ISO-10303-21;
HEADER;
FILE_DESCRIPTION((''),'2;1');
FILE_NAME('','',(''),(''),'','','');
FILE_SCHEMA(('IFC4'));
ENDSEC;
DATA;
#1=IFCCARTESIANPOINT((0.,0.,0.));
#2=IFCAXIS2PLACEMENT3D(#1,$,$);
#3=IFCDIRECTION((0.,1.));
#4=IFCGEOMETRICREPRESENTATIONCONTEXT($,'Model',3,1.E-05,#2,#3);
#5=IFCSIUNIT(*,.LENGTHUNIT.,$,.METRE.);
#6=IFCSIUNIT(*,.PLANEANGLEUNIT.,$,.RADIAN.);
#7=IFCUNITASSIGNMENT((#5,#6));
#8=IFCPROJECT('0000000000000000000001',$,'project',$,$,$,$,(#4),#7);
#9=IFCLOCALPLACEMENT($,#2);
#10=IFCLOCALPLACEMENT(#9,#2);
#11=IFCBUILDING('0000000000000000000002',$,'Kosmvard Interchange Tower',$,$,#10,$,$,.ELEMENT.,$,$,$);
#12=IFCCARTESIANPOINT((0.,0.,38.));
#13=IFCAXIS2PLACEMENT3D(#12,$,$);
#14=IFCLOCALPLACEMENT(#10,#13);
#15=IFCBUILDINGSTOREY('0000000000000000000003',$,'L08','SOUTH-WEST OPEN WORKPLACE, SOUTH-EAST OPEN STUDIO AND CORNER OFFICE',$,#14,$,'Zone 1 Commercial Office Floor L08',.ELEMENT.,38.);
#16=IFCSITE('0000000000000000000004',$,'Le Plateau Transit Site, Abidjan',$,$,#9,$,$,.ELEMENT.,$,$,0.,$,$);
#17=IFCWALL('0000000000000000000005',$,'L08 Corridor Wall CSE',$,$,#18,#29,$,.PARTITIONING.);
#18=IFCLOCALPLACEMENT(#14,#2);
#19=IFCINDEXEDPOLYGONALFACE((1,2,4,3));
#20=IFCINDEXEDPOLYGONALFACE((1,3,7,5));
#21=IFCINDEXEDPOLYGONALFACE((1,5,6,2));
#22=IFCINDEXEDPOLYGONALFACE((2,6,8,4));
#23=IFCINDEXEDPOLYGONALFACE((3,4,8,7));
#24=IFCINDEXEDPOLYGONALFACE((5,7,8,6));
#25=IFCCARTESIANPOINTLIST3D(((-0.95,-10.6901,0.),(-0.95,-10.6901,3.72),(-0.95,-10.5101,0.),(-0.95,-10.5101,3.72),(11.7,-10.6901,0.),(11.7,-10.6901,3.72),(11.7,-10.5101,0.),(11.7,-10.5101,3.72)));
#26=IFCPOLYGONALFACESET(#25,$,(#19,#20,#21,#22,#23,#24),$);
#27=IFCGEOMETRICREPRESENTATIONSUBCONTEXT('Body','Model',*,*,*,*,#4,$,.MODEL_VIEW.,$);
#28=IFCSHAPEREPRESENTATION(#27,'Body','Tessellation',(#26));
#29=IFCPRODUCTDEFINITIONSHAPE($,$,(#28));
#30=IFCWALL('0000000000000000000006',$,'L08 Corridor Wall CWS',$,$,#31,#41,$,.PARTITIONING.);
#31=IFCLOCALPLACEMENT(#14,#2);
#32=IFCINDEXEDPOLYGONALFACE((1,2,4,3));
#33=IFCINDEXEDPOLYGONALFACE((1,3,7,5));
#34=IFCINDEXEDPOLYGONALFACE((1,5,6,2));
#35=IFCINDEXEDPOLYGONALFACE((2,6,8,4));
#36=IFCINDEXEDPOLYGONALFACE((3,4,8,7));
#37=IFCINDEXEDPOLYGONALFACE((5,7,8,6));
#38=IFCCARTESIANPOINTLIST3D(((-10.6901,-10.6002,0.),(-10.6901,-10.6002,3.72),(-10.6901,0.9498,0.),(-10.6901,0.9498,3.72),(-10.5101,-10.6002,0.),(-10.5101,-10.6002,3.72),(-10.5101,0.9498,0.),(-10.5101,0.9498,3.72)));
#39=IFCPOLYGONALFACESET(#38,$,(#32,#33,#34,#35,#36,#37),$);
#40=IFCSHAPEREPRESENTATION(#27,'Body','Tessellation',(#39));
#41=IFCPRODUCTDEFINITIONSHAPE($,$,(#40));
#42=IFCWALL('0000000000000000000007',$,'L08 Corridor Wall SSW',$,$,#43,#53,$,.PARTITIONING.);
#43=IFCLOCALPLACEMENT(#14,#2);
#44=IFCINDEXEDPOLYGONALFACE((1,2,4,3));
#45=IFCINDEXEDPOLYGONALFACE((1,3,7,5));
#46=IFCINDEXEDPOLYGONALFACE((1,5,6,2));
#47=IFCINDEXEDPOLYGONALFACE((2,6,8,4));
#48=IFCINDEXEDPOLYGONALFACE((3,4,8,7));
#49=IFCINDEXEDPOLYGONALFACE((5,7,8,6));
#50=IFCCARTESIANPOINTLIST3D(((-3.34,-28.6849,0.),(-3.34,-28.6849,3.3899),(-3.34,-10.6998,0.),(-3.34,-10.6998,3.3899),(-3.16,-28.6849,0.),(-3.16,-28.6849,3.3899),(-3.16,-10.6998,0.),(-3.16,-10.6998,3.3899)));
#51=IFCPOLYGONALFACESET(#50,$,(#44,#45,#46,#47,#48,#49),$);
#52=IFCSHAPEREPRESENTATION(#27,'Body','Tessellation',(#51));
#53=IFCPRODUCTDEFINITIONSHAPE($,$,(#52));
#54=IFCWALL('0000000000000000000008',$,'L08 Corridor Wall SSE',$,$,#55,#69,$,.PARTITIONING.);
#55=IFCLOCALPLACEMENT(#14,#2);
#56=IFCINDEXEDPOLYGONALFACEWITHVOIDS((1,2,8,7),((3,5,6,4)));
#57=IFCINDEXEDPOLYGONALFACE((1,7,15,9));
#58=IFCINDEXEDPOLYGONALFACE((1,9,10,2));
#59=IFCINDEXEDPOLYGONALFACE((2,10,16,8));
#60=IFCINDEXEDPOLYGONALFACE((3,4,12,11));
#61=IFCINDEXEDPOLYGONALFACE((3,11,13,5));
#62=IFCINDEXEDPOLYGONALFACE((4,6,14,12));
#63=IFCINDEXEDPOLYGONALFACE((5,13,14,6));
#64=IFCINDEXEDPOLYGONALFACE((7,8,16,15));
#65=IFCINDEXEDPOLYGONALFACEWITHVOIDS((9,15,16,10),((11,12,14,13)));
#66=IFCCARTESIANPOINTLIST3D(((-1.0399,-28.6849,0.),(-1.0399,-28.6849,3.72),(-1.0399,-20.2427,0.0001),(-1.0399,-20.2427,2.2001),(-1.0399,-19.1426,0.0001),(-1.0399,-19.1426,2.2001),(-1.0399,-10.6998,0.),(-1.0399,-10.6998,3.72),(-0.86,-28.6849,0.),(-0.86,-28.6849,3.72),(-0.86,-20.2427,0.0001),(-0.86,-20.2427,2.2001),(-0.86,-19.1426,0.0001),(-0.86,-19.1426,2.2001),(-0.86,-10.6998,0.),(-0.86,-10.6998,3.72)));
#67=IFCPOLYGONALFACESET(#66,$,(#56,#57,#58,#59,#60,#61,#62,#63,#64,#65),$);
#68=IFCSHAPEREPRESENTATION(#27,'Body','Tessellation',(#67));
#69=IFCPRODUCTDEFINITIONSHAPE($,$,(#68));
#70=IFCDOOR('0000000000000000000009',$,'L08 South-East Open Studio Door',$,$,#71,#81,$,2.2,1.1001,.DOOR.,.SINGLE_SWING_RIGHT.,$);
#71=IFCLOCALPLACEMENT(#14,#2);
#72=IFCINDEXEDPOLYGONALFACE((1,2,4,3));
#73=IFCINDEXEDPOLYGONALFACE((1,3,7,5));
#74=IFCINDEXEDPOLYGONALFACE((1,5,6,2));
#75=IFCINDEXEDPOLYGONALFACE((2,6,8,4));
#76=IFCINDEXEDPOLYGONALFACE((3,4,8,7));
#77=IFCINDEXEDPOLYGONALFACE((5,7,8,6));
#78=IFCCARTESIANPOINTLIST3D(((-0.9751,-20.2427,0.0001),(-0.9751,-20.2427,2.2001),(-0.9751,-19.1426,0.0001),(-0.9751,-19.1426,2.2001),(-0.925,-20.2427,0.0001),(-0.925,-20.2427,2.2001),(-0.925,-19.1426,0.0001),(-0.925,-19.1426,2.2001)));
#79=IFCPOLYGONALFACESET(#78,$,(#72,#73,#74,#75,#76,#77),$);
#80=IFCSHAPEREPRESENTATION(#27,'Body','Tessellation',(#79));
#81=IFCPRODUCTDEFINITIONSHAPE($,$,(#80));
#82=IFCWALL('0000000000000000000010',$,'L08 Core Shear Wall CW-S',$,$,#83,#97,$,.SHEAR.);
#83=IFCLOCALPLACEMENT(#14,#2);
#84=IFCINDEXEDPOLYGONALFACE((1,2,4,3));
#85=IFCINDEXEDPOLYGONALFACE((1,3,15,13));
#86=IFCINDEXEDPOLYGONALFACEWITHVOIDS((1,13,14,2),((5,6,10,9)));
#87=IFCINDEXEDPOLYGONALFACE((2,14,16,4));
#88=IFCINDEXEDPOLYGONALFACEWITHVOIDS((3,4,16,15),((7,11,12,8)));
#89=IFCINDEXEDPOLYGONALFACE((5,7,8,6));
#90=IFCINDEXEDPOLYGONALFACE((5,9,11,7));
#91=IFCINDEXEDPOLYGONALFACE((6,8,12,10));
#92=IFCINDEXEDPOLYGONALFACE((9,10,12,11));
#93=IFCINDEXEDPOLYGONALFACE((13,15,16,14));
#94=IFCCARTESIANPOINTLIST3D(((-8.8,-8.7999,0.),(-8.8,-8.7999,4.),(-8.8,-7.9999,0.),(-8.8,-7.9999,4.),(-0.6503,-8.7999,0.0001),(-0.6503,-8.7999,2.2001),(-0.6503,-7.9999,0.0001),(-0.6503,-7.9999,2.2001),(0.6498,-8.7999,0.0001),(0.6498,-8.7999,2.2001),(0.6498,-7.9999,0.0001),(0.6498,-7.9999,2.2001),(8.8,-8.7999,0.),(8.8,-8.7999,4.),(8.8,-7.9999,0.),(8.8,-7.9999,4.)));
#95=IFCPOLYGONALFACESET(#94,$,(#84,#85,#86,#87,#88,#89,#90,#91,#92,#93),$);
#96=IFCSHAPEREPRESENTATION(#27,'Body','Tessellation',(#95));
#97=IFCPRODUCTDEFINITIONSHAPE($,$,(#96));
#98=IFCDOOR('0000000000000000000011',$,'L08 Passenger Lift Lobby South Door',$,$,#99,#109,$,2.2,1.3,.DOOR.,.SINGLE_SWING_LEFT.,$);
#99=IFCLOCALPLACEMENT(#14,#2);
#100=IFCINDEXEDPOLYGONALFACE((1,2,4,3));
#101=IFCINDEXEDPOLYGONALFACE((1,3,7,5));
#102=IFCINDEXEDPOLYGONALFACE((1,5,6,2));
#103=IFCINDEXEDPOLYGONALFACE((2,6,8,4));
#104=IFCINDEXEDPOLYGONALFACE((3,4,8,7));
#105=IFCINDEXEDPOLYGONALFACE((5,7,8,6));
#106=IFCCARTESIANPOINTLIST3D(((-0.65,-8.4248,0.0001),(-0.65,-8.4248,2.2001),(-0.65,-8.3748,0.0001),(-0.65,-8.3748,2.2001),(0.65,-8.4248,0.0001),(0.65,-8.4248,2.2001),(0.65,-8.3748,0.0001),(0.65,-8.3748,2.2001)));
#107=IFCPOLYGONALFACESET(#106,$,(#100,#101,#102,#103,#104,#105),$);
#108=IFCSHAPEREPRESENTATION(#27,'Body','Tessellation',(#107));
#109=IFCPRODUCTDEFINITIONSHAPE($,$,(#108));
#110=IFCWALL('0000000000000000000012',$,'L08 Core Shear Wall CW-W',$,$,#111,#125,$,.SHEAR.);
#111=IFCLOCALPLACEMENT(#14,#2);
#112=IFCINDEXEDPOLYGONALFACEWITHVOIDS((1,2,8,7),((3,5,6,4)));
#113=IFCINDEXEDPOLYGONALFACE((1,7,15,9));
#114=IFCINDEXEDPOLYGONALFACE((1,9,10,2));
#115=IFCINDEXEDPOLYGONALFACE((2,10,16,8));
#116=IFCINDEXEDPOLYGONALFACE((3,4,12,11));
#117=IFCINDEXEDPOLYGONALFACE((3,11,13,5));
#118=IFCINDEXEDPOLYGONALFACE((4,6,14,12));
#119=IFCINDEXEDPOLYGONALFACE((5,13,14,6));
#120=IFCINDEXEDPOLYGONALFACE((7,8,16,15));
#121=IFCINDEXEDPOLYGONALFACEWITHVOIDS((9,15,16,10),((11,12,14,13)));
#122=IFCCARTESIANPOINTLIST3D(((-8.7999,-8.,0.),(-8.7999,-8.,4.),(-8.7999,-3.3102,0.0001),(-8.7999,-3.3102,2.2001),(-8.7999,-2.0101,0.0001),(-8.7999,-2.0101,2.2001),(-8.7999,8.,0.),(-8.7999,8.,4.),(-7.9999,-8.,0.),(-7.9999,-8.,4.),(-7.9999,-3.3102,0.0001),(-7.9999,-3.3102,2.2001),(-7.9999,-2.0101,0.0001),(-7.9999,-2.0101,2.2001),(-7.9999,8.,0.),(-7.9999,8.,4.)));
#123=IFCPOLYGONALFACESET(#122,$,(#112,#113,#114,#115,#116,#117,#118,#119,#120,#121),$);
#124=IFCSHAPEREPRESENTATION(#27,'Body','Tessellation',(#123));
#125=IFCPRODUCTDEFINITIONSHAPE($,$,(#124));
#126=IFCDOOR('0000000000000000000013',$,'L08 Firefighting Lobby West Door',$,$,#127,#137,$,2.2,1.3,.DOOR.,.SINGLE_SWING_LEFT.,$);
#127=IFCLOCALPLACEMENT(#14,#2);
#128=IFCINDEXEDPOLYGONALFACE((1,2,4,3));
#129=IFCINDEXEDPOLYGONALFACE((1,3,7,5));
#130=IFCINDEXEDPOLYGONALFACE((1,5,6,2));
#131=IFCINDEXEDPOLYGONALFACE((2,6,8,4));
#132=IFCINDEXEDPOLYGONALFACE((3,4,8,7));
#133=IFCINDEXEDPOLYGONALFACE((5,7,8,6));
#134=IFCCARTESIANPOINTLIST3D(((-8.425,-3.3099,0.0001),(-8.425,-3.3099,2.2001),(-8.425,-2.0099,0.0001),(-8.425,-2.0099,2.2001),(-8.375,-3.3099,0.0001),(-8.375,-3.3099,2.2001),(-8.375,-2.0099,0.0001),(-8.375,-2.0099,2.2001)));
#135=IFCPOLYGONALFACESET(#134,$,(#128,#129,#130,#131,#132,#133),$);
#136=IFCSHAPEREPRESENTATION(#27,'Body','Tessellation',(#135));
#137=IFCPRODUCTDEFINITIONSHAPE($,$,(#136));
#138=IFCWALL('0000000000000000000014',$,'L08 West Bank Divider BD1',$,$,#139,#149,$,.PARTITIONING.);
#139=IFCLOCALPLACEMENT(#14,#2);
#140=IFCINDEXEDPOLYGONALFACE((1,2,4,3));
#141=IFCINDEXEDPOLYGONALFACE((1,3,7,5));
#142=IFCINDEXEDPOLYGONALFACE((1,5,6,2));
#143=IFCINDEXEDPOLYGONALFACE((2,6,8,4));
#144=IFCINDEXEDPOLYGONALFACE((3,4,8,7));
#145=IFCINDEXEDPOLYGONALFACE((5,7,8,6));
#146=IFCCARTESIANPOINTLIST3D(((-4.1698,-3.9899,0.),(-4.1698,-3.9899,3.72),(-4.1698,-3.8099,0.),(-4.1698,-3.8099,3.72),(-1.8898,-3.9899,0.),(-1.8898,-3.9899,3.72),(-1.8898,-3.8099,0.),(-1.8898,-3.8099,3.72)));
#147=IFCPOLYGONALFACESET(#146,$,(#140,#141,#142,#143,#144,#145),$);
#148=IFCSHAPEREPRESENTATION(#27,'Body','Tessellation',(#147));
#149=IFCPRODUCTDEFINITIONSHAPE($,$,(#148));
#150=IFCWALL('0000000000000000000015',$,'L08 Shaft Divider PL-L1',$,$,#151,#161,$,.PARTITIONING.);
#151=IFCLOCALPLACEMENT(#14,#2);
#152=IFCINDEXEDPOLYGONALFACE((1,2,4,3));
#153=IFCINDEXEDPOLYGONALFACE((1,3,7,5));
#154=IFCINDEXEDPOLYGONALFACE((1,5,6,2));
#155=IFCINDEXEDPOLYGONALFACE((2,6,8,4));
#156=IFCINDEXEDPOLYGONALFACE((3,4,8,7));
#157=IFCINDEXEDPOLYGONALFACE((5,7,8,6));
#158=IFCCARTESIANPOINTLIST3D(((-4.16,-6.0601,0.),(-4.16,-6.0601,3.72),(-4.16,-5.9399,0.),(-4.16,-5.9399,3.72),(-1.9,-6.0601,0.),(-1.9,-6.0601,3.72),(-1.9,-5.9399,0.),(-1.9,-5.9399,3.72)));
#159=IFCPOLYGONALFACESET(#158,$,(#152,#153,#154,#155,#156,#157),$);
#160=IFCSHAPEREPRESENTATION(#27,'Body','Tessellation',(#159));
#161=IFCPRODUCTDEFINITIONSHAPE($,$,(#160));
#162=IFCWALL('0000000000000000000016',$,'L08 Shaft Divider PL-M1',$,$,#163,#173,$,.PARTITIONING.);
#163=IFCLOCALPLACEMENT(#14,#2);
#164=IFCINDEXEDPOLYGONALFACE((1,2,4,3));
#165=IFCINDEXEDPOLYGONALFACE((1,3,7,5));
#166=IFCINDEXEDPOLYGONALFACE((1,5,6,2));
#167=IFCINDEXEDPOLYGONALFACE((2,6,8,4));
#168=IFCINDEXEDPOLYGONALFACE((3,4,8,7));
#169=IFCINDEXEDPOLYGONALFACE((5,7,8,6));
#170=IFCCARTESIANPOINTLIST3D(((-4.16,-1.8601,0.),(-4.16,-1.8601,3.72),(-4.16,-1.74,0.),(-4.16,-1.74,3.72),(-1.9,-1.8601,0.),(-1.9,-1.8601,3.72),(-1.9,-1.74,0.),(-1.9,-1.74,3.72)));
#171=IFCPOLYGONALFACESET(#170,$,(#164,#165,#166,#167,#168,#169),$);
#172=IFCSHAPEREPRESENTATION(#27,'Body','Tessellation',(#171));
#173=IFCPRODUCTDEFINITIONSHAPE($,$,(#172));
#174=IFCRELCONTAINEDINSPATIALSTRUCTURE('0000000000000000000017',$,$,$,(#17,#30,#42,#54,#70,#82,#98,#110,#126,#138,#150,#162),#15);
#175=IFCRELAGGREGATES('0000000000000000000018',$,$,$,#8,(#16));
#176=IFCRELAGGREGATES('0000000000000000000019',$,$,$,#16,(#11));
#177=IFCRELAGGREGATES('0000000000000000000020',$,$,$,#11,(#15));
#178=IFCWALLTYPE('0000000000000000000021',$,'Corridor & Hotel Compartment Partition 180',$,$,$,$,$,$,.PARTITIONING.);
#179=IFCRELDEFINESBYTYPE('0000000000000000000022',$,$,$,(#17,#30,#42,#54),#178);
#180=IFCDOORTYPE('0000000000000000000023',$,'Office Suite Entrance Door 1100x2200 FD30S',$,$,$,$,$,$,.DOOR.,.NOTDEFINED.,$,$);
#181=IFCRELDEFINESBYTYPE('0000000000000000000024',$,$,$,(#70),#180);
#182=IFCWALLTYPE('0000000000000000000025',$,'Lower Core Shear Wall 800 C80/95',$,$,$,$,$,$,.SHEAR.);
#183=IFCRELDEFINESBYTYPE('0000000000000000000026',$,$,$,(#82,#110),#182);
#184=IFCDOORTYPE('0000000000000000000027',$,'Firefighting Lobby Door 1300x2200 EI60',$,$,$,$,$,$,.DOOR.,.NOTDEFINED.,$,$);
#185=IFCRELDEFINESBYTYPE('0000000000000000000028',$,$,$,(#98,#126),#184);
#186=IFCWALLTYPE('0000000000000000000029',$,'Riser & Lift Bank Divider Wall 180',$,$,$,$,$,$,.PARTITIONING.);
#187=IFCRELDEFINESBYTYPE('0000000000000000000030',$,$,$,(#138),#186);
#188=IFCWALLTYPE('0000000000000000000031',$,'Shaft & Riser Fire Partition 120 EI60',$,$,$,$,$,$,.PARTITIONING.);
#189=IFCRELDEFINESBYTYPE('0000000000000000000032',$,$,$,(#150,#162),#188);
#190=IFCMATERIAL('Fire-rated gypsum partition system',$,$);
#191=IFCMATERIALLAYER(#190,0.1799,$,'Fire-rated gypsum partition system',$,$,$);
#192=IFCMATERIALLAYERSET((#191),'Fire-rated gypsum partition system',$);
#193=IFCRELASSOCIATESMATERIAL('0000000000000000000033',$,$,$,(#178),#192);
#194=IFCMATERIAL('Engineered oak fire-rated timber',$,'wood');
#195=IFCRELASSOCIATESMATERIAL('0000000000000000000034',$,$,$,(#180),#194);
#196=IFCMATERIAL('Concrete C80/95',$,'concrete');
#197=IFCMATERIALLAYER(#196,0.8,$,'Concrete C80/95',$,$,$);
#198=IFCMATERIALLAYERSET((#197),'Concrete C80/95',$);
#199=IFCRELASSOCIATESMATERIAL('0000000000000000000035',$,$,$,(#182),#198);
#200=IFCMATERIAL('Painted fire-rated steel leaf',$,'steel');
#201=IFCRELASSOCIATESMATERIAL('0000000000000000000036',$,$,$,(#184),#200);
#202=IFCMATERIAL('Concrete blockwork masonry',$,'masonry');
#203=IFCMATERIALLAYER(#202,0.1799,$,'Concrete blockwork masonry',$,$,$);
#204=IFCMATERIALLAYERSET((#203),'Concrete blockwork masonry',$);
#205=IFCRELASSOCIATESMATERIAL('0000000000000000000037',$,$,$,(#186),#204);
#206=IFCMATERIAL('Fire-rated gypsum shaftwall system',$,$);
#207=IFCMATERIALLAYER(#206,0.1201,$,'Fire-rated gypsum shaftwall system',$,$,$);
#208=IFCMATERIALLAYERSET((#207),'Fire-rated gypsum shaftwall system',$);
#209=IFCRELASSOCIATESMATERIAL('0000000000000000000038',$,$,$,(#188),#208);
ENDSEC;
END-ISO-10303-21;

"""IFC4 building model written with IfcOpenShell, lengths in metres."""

from ifc_helpers import new_model, si_unit, direction, frame, frame_2d, origin, place, context, subcontext, project, spatial, rectangle, extrude, source, transform, mapped, material, layer, layer_set, type_object, element, fill, save


model = new_model("IFC4")

# Units and contexts
model_context = context("Model", 3, precision=1e-05, world=origin(), true_north=direction((0.0, 1.0)))
body_context = subcontext(model_context, "Body", "Model", "MODEL_VIEW")
ifc_project = project(units=[si_unit("LENGTHUNIT", "METRE"), si_unit("PLANEANGLEUNIT", "RADIAN")], contexts=[model_context])

# Site, building, storey
site_placement = place(None, origin())
site = spatial("IfcSite", under=ifc_project, at=site_placement, Name="Le Plateau Transit Site, Abidjan", CompositionType="ELEMENT", RefElevation=0.0)
building_placement = place(site_placement, origin())
building = spatial("IfcBuilding", under=site, at=building_placement, Name="Kosmvard Interchange Tower", CompositionType="ELEMENT")
storey_placement = place(building_placement, frame((0.0, 0.0, 38.0)))
storey = spatial("IfcBuildingStorey", under=building, at=storey_placement, Name="L08", Description="SOUTH-WEST OPEN WORKPLACE, SOUTH-EAST OPEN STUDIO AND CORNER OFFICE", LongName="Zone 1 Commercial Office Floor L08", CompositionType="ELEMENT", Elevation=38.0)

# Shared definitions
ifc_material_1 = material(Name="Concrete C80/95", Category="concrete")

# Shared definitions
ifc_material_2 = material(Name="Fire-rated gypsum partition system")
ifc_layer_1 = layer(ifc_material_2, 0.1799, Name="Fire-rated gypsum partition system")
ifc_layer_set_1 = layer_set([ifc_layer_1], Name="Fire-rated gypsum partition system")
wall_type_1 = type_object("IfcWallType", Name="Corridor & Hotel Compartment Partition 180", PredefinedType="PARTITIONING", material=ifc_layer_set_1)
shared_shape_1 = source(origin(), body_context, "Body", "SweptSolid", [
    extrude(rectangle(XDim=1.1001, YDim=2.2, at=frame_2d((0.55, 1.1001))), frame((0.0, 0.0249, 0.0), z_axis=(0.0, -1.0, 0.0), x_axis=(1.0, 0.0, 0.0)), (0.0, 0.0, 1.0), 0.05),
])

# Walls
wall_1_placement = place(storey_placement, frame((-0.95, -10.6001, 0.0), z_axis=(0.0, 0.0, 1.0), x_axis=(1.0, 0.0, 0.0)))
element("IfcWall", 1, at=wall_1_placement, inside=storey, type_object=wall_type_1, Name="L08 Corridor Wall CSE", PredefinedType="PARTITIONING", context=body_context, shape_type="SweptSolid", body=[
    extrude(rectangle(XDim=12.6499, YDim=0.1799, at=frame_2d((6.325, 0.0))), origin(), (0.0, 0.0, 1.0), 3.72),
])
wall_2_placement = place(storey_placement, frame((-10.6001, -10.6001, 0.0), z_axis=(0.0, 0.0, 1.0), x_axis=(0.0, 1.0, 0.0)))
element("IfcWall", 2, at=wall_2_placement, inside=storey, type_object=wall_type_1, Name="L08 Corridor Wall CWS", PredefinedType="PARTITIONING", context=body_context, shape_type="SweptSolid", body=[
    extrude(rectangle(XDim=11.55, YDim=0.1799, at=frame_2d((5.7749, 0.0))), origin(), (0.0, 0.0, 1.0), 3.72),
])
wall_3_placement = place(storey_placement, frame((-3.25, -28.6851, 0.0), z_axis=(0.0, 0.0, 1.0), x_axis=(0.0, 1.0, 0.0)))
element("IfcWall", 3, at=wall_3_placement, inside=storey, type_object=wall_type_1, Name="L08 Corridor Wall SSW", PredefinedType="PARTITIONING", context=body_context, shape_type="SweptSolid", body=[
    extrude(rectangle(XDim=17.9851, YDim=0.1799, at=frame_2d((8.9927, 0.0))), origin(), (0.0, 0.0, 1.0), 3.3899),
])

# Walls, openings, doors
wall_4_placement = place(storey_placement, frame((-0.95, -28.6851, 0.0), z_axis=(0.0, 0.0, 1.0), x_axis=(0.0, 1.0, 0.0)))
wall_4 = element("IfcWall", 4, at=wall_4_placement, inside=storey, type_object=wall_type_1, Name="L08 Corridor Wall SSE", PredefinedType="PARTITIONING", context=body_context, shape_type="SweptSolid", body=[
    extrude(rectangle(XDim=17.9851, YDim=0.1799, at=frame_2d((8.9927, 0.0))), origin(), (0.0, 0.0, 1.0), 3.72),
])
opening_1_placement = place(wall_4_placement, frame((8.4424, 0.0, 0.0)))
opening_1 = element("IfcOpeningElement", 5, at=opening_1_placement, cuts=wall_4, PredefinedType="OPENING", context=body_context, shape_type="SweptSolid", body=[
    extrude(rectangle(XDim=1.1001, YDim=2.2, at=frame_2d((0.55, 1.1001))), frame((0.0, 0.1001, 0.0), z_axis=(0.0, -1.0, 0.0), x_axis=(1.0, 0.0, 0.0)), (0.0, 0.0, 1.0), 0.2),
])
ifc_material_3 = material(Name="Engineered oak fire-rated timber", Category="wood")
door_type_1 = type_object("IfcDoorType", Name="Office Suite Entrance Door 1100x2200 FD30S", OperationType="NOTDEFINED", PredefinedType="DOOR", material=ifc_material_3)
door_1_placement = place(opening_1_placement, frame((1.1001, 0.0, 0.0), z_axis=(0.0, 0.0, 1.0), x_axis=(-1.0, 0.0, 0.0)))
door_1 = element("IfcDoor", 6, at=door_1_placement, inside=storey, type_object=door_type_1, Name="L08 South-East Open Studio Door", OperationType="SINGLE_SWING_RIGHT", OverallHeight=2.2, OverallWidth=1.1001, PredefinedType="DOOR", context=body_context, shape_type="MappedRepresentation", body=[
    mapped(shared_shape_1, transform((0.0, 0.0, 0.0), scale=1.0)),
])
fill(opening_1, door_1)
ifc_layer_2 = layer(ifc_material_1, 0.8, Name="Concrete C80/95")
ifc_layer_set_2 = layer_set([ifc_layer_2], Name="Concrete C80/95")
wall_type_2 = type_object("IfcWallType", Name="Lower Core Shear Wall 800 C80/95", PredefinedType="SHEAR", material=ifc_layer_set_2)
wall_5_placement = place(storey_placement, frame((-8.8, -8.3999, 0.0), z_axis=(0.0, 0.0, 1.0), x_axis=(1.0, 0.0, 0.0)))
wall_5 = element("IfcWall", 7, at=wall_5_placement, inside=storey, type_object=wall_type_2, Name="L08 Core Shear Wall CW-S", PredefinedType="SHEAR", context=body_context, shape_type="SweptSolid", body=[
    extrude(rectangle(XDim=17.6001, YDim=0.8, at=frame_2d((8.8, 0.0))), origin(), (0.0, 0.0, 1.0), 4.0),
])
opening_2_placement = place(wall_5_placement, frame((8.1499, 0.0, 0.0)))
opening_2 = element("IfcOpeningElement", 8, at=opening_2_placement, cuts=wall_5, PredefinedType="OPENING", context=body_context, shape_type="SweptSolid", body=[
    extrude(rectangle(XDim=1.3, YDim=2.2, at=frame_2d((0.6499, 1.1001))), frame((0.0, 0.4102, 0.0), z_axis=(0.0, -1.0, 0.0), x_axis=(1.0, 0.0, 0.0)), (0.0, 0.0, 1.0), 0.8201),
])
ifc_material_4 = material(Name="Painted fire-rated steel leaf", Category="steel")
door_type_2 = type_object("IfcDoorType", Name="Firefighting Lobby Door 1300x2200 EI60", OperationType="NOTDEFINED", PredefinedType="DOOR", material=ifc_material_4)
shared_shape_2 = source(origin(), body_context, "Body", "SweptSolid", [
    extrude(rectangle(XDim=1.3, YDim=2.2, at=frame_2d((0.6499, 1.1001))), frame((0.0, 0.0249, 0.0), z_axis=(0.0, -1.0, 0.0), x_axis=(1.0, 0.0, 0.0)), (0.0, 0.0, 1.0), 0.05),
])
door_2_placement = place(opening_2_placement, frame((1.3, 0.0, 0.0), z_axis=(0.0, 0.0, 1.0), x_axis=(-1.0, 0.0, 0.0)))
door_2 = element("IfcDoor", 9, at=door_2_placement, inside=storey, type_object=door_type_2, Name="L08 Passenger Lift Lobby South Door", OperationType="SINGLE_SWING_LEFT", OverallHeight=2.2, OverallWidth=1.3, PredefinedType="DOOR", context=body_context, shape_type="MappedRepresentation", body=[
    mapped(shared_shape_2, transform((0.0, 0.0, 0.0), scale=1.0)),
])
fill(opening_2, door_2)
wall_6_placement = place(storey_placement, frame((-8.3999, -8.0, 0.0), z_axis=(0.0, 0.0, 1.0), x_axis=(0.0, 1.0, 0.0)))
wall_6 = element("IfcWall", 10, at=wall_6_placement, inside=storey, type_object=wall_type_2, Name="L08 Core Shear Wall CW-W", PredefinedType="SHEAR", context=body_context, shape_type="SweptSolid", body=[
    extrude(rectangle(XDim=16.0, YDim=0.8, at=frame_2d((8.0, 0.0))), origin(), (0.0, 0.0, 1.0), 4.0),
])
opening_3_placement = place(wall_6_placement, frame((4.6899, 0.0, 0.0)))
opening_3 = element("IfcOpeningElement", 11, at=opening_3_placement, cuts=wall_6, PredefinedType="OPENING", context=body_context, shape_type="SweptSolid", body=[
    extrude(rectangle(XDim=1.3, YDim=2.2, at=frame_2d((0.6499, 1.1001))), frame((0.0, 0.4102, 0.0), z_axis=(0.0, -1.0, 0.0), x_axis=(1.0, 0.0, 0.0)), (0.0, 0.0, 1.0), 0.8201),
])
door_3_placement = place(opening_3_placement, frame((1.3, 0.0, 0.0), z_axis=(0.0, 0.0, 1.0), x_axis=(-1.0, 0.0, 0.0)))
door_3 = element("IfcDoor", 12, at=door_3_placement, inside=storey, type_object=door_type_2, Name="L08 Firefighting Lobby West Door", OperationType="SINGLE_SWING_LEFT", OverallHeight=2.2, OverallWidth=1.3, PredefinedType="DOOR", context=body_context, shape_type="MappedRepresentation", body=[
    mapped(shared_shape_2, transform((0.0, 0.0, 0.0), scale=1.0)),
])
fill(opening_3, door_3)

# Walls
ifc_material_5 = material(Name="Concrete blockwork masonry", Category="masonry")
ifc_layer_3 = layer(ifc_material_5, 0.1799, Name="Concrete blockwork masonry")
ifc_layer_set_3 = layer_set([ifc_layer_3], Name="Concrete blockwork masonry")
wall_type_3 = type_object("IfcWallType", Name="Riser & Lift Bank Divider Wall 180", PredefinedType="PARTITIONING", material=ifc_layer_set_3)
wall_7_placement = place(storey_placement, frame((-4.1699, -3.8999, 0.0), z_axis=(0.0, 0.0, 1.0), x_axis=(1.0, 0.0, 0.0)))
element("IfcWall", 13, at=wall_7_placement, inside=storey, type_object=wall_type_3, Name="L08 West Bank Divider BD1", PredefinedType="PARTITIONING", context=body_context, shape_type="SweptSolid", body=[
    extrude(rectangle(XDim=2.28, YDim=0.1799, at=frame_2d((1.1401, 0.0))), origin(), (0.0, 0.0, 1.0), 3.72),
])
ifc_material_6 = material(Name="Fire-rated gypsum shaftwall system")
ifc_layer_4 = layer(ifc_material_6, 0.1201, Name="Fire-rated gypsum shaftwall system")
ifc_layer_set_4 = layer_set([ifc_layer_4], Name="Fire-rated gypsum shaftwall system")
wall_type_4 = type_object("IfcWallType", Name="Shaft & Riser Fire Partition 120 EI60", PredefinedType="PARTITIONING", material=ifc_layer_set_4)
for number, where, z_axis, x_axis, name in (
    (14, (-4.1599, -6.0, 0.0), (0.0, 0.0, 1.0), (1.0, 0.0, 0.0), "L08 Shaft Divider PL-L1"),
    (15, (-4.1599, -1.8, 0.0), (0.0, 0.0, 1.0), (1.0, 0.0, 0.0), "L08 Shaft Divider PL-M1"),
):
    element("IfcWall", number, at=place(storey_placement, frame(where, z_axis=z_axis, x_axis=x_axis)), inside=storey, type_object=wall_type_4, Name=name, PredefinedType="PARTITIONING", context=body_context, shape_type="SweptSolid", body=[
        extrude(rectangle(XDim=2.26, YDim=0.1201, at=frame_2d((1.1299, 0.0))), origin(), (0.0, 0.0, 1.0), 3.72),
    ])

save(model, "model.ifc")
